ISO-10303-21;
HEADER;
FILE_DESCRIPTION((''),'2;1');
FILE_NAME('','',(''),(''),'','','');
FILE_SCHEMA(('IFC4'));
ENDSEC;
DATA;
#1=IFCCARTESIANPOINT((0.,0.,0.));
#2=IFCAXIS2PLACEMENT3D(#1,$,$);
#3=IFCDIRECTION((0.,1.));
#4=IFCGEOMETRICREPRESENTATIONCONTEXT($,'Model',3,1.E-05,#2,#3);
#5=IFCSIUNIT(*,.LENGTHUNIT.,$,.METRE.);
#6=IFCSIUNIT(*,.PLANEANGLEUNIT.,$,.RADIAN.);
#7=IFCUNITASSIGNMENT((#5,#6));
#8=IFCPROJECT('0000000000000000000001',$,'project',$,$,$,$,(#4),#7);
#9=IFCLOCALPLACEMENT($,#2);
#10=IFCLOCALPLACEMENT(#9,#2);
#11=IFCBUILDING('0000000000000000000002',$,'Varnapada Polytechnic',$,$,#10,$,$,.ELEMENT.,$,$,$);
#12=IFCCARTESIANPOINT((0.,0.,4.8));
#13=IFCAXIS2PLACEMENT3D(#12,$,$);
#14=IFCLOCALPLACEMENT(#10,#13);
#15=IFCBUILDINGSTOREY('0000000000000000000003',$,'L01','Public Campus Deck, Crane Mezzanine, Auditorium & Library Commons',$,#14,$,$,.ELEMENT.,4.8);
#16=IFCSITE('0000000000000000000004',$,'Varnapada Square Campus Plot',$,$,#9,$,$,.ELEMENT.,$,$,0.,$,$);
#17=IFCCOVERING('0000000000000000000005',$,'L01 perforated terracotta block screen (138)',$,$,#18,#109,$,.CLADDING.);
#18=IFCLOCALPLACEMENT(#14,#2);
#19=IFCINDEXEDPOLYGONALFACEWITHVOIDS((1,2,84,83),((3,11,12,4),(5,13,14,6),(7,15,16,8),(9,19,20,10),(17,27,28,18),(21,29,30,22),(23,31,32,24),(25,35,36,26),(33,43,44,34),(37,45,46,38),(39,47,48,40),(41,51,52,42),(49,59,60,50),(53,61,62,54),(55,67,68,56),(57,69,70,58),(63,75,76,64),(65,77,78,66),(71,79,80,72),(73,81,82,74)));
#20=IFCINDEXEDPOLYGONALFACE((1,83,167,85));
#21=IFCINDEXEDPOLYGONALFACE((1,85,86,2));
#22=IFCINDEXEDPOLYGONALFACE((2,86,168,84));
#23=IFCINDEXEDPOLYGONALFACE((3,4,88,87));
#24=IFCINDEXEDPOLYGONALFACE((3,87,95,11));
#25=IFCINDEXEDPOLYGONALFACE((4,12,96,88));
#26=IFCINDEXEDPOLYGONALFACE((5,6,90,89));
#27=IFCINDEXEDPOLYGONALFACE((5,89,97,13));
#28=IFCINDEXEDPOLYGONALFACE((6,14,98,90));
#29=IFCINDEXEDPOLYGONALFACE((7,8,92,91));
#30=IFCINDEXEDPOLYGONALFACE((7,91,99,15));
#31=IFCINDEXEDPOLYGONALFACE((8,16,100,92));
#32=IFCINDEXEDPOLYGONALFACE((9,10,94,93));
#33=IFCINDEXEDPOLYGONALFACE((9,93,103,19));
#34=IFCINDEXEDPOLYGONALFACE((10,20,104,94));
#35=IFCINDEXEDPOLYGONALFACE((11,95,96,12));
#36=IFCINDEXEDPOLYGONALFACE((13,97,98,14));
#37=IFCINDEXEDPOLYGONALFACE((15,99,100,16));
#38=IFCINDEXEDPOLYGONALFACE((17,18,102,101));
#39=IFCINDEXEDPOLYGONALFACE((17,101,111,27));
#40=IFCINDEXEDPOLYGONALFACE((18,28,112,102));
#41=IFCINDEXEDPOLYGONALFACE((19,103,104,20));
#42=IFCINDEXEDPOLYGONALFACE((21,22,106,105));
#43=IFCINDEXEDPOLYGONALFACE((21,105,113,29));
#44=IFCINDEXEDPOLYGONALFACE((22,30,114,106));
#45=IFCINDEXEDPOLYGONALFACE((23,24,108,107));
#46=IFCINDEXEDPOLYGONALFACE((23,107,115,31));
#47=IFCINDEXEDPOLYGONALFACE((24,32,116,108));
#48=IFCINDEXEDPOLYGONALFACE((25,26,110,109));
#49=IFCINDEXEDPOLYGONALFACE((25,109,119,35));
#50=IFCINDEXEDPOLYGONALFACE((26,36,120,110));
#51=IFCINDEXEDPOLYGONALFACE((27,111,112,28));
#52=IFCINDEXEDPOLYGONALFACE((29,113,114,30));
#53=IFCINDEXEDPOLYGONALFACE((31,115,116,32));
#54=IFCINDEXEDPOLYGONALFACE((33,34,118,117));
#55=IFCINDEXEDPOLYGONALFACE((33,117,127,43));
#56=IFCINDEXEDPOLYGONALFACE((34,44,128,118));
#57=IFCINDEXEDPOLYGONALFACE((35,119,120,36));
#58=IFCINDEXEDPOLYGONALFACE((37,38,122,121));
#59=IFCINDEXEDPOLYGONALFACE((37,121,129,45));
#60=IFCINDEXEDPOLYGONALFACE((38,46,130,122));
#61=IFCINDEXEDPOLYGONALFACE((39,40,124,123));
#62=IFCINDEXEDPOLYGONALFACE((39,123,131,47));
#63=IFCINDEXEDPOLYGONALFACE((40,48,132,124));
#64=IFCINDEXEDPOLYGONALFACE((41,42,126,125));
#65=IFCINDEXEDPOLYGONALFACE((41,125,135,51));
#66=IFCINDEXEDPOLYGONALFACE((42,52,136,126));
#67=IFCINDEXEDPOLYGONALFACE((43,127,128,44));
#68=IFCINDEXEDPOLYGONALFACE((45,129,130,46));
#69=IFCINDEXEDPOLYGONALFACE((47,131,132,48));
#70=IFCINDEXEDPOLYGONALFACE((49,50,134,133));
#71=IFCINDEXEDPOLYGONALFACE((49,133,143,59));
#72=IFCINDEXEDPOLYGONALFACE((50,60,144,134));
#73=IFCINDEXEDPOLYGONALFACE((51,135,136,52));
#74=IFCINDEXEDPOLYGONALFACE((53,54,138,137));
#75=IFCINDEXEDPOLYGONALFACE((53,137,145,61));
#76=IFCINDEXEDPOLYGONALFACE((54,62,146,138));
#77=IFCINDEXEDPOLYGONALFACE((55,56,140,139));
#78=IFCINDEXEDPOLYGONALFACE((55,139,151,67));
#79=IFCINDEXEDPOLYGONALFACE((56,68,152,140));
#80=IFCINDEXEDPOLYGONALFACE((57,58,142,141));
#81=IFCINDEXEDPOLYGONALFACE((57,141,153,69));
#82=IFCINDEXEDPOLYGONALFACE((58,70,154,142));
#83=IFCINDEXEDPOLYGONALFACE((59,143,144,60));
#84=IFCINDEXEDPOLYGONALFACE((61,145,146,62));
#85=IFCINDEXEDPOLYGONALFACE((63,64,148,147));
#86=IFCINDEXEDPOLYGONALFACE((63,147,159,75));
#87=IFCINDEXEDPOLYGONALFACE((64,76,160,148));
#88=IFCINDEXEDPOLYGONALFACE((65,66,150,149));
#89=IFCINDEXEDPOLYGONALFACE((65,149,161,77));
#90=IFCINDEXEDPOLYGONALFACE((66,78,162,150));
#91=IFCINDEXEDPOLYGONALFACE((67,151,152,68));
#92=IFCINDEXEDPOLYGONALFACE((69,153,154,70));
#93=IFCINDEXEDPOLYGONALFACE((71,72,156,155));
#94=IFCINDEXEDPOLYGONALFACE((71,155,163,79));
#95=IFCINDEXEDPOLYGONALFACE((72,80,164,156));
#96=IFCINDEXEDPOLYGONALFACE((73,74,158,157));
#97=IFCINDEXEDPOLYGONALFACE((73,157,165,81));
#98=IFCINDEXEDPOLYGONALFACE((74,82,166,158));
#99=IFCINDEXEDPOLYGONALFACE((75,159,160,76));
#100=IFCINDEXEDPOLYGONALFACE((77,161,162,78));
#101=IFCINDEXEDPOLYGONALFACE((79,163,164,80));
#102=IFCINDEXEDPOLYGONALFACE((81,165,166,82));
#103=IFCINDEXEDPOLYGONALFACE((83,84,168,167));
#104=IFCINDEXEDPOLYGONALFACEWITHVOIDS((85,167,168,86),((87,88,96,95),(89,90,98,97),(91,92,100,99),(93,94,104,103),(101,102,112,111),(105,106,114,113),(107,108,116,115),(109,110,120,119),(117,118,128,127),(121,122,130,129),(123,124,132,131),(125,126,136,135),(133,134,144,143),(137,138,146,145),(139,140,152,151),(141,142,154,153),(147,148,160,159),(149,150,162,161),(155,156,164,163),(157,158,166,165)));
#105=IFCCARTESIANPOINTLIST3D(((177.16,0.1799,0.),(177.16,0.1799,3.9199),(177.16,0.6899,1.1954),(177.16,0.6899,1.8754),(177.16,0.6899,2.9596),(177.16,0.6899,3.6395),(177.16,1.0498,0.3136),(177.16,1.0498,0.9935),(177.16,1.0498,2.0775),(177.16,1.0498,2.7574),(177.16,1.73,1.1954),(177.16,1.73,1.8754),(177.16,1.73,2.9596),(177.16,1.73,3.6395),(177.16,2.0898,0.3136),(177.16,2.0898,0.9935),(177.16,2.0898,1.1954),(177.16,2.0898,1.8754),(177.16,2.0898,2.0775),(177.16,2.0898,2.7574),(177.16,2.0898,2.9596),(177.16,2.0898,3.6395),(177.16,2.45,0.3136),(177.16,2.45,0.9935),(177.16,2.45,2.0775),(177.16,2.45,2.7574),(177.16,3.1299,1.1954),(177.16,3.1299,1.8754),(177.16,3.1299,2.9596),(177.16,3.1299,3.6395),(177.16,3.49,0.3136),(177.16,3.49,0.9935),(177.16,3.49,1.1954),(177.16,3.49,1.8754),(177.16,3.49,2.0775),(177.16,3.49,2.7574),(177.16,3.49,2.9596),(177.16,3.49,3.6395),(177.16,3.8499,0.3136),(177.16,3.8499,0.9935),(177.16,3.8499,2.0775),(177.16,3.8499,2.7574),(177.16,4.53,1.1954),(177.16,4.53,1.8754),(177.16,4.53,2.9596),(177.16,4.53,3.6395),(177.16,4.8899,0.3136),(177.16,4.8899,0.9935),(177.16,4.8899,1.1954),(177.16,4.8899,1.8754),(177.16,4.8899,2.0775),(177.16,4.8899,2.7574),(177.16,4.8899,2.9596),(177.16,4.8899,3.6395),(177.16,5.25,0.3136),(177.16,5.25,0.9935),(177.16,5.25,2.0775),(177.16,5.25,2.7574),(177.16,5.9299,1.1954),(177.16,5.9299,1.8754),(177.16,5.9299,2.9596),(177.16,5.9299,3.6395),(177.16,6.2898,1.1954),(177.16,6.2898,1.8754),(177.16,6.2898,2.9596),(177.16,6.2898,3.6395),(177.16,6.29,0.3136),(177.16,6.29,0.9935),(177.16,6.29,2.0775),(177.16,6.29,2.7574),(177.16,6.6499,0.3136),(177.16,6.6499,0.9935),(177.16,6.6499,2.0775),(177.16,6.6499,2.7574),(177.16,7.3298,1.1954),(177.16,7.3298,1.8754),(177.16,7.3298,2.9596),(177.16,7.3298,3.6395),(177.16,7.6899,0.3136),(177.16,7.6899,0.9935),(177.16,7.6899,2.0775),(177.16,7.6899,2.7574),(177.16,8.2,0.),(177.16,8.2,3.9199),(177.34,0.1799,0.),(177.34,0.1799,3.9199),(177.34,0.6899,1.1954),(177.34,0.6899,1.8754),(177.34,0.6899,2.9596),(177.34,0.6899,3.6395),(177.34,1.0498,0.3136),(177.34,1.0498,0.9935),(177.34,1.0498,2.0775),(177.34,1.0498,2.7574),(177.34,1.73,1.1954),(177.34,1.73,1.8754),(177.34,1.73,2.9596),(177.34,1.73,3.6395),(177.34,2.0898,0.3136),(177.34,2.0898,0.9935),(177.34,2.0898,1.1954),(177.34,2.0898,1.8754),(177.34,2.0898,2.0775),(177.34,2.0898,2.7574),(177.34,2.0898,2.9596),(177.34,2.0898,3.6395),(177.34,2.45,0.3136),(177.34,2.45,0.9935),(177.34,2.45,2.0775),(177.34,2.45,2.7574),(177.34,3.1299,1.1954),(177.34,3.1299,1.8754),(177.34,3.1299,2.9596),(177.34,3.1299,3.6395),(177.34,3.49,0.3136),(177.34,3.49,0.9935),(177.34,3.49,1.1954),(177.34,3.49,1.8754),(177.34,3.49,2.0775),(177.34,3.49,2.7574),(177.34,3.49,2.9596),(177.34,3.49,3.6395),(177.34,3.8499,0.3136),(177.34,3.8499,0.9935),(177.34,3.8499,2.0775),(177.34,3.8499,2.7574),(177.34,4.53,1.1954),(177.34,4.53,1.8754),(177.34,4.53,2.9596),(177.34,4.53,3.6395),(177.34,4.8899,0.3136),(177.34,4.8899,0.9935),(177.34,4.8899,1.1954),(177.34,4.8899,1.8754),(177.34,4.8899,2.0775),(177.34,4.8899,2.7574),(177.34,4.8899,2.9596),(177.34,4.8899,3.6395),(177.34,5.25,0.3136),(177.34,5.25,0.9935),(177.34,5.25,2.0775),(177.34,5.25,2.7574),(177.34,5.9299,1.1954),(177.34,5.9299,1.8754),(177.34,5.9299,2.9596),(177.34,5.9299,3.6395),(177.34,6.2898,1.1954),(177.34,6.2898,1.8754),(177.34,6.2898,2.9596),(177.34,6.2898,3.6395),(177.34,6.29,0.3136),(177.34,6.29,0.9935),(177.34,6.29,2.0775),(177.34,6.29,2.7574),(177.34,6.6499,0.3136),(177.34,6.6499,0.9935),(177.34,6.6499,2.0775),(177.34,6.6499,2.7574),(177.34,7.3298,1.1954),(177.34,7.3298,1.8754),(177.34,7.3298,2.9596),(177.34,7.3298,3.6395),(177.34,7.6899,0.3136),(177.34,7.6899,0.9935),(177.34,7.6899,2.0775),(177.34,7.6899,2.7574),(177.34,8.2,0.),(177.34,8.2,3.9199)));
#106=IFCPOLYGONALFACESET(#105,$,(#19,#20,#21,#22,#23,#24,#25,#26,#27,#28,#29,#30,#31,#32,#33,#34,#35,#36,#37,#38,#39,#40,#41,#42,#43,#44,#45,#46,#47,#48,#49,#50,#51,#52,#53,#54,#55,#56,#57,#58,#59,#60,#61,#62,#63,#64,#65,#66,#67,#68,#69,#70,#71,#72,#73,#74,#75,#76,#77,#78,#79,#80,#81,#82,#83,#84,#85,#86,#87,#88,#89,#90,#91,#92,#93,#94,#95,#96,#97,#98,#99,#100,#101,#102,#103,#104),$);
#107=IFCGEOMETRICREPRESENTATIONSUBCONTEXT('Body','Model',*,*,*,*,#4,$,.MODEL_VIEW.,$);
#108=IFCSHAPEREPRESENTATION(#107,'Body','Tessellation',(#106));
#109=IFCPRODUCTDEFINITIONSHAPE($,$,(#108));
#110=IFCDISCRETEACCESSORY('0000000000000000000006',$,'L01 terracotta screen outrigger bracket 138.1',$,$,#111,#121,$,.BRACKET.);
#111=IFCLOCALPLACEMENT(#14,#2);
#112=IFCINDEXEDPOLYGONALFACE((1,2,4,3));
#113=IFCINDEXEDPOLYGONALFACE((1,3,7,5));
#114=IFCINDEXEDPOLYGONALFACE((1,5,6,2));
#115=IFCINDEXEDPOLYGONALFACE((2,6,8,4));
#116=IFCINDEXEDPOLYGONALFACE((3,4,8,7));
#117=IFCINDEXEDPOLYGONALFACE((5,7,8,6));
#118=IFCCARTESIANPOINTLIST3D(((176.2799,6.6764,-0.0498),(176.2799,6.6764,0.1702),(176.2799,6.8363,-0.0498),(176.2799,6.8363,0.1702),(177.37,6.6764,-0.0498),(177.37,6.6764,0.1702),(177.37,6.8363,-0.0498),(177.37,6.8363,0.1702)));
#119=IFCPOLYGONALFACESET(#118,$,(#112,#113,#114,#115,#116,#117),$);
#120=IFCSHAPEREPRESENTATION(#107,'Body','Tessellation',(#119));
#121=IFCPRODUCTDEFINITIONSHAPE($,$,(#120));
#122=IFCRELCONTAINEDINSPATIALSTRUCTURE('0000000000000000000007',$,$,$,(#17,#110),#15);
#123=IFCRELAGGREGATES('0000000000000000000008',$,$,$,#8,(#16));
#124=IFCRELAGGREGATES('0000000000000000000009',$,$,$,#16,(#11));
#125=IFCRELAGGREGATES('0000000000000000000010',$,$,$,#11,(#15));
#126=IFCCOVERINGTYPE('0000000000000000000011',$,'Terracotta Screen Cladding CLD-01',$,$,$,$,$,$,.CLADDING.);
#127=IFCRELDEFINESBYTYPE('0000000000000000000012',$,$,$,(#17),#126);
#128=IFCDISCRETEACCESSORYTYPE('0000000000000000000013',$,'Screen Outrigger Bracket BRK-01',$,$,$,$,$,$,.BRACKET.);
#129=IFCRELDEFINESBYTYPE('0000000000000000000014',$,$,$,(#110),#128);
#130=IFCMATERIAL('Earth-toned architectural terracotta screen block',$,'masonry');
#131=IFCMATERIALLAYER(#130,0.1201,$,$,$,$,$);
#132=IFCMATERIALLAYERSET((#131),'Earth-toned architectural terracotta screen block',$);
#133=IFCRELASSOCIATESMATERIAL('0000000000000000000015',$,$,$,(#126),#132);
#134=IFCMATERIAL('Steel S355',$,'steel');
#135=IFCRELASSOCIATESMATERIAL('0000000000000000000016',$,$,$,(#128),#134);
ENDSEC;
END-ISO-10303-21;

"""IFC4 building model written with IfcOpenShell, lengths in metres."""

from ifc_helpers import new_model, si_unit, direction, frame, frame_2d, origin, origin_2d, place, context, subcontext, project, spatial, rectangle, extrude, material, layer, layer_set, type_object, element, save


model = new_model("IFC4")

# Units and contexts
model_context = context("Model", 3, precision=1e-05, world=origin(), true_north=direction((0.0, 1.0)))
body_context = subcontext(model_context, "Body", "Model", "MODEL_VIEW")
ifc_project = project(units=[si_unit("LENGTHUNIT", "METRE"), si_unit("PLANEANGLEUNIT", "RADIAN")], contexts=[model_context])

# Site, building, storey
site_placement = place(None, origin())
site = spatial("IfcSite", under=ifc_project, at=site_placement, Name="Varnapada Square Campus Plot", CompositionType="ELEMENT", RefElevation=0.0)
building_placement = place(site_placement, origin())
building = spatial("IfcBuilding", under=site, at=building_placement, Name="Varnapada Polytechnic", CompositionType="ELEMENT")
storey_placement = place(building_placement, frame((0.0, 0.0, 4.8)))
storey = spatial("IfcBuildingStorey", under=building, at=storey_placement, Name="L01", Description="Public Campus Deck, Crane Mezzanine, Auditorium & Library Commons", CompositionType="ELEMENT", Elevation=4.8)

# Covering, openings
ifc_material_1 = material(Name="Earth-toned architectural terracotta screen block", Category="masonry")
ifc_layer_1 = layer(ifc_material_1, 0.1201)
ifc_layer_set_1 = layer_set([ifc_layer_1], Name="Earth-toned architectural terracotta screen block")
covering_type = type_object("IfcCoveringType", Name="Terracotta Screen Cladding CLD-01", PredefinedType="CLADDING", material=ifc_layer_set_1)
covering_placement = place(storey_placement, frame((177.25, 8.2, 0.0), z_axis=(0.0, 0.0, 1.0), x_axis=(0.0, -1.0, 0.0)))
covering = element("IfcCovering", 1, at=covering_placement, inside=storey, type_object=covering_type, Name="L01 perforated terracotta block screen (138)", PredefinedType="CLADDING", context=body_context, shape_type="SweptSolid", body=[
    extrude(rectangle(XDim=8.02, YDim=0.1799, at=frame_2d((4.01, 0.0))), origin(), (0.0, 0.0, 1.0), 3.9199),
])
opening_1_placement = place(covering_placement, frame((0.51, 0.0, 0.3137)))
element("IfcOpeningElement", 2, at=opening_1_placement, cuts=covering, PredefinedType="OPENING", context=body_context, shape_type="SweptSolid", body=[
    extrude(rectangle(XDim=1.04, YDim=0.6799, at=frame_2d((0.52, 0.3398))), frame((0.0, 0.0999, 0.0), z_axis=(0.0, -1.0, 0.0), x_axis=(1.0, 0.0, 0.0)), (0.0, 0.0, 1.0), 0.2),
])
opening_2_placement = place(covering_placement, frame((1.9099, 0.0, 0.3137)))
element("IfcOpeningElement", 3, at=opening_2_placement, cuts=covering, PredefinedType="OPENING", context=body_context, shape_type="SweptSolid", body=[
    extrude(rectangle(XDim=1.04, YDim=0.6799, at=frame_2d((0.52, 0.3398))), frame((0.0, 0.0999, 0.0), z_axis=(0.0, -1.0, 0.0), x_axis=(1.0, 0.0, 0.0)), (0.0, 0.0, 1.0), 0.2),
])
opening_3_placement = place(covering_placement, frame((3.3101, 0.0, 0.3137)))
element("IfcOpeningElement", 4, at=opening_3_placement, cuts=covering, PredefinedType="OPENING", context=body_context, shape_type="SweptSolid", body=[
    extrude(rectangle(XDim=1.04, YDim=0.6799, at=frame_2d((0.52, 0.3398))), frame((0.0, 0.0999, 0.0), z_axis=(0.0, -1.0, 0.0), x_axis=(1.0, 0.0, 0.0)), (0.0, 0.0, 1.0), 0.2),
])
opening_4_placement = place(covering_placement, frame((4.71, 0.0, 0.3137)))
element("IfcOpeningElement", 5, at=opening_4_placement, cuts=covering, PredefinedType="OPENING", context=body_context, shape_type="SweptSolid", body=[
    extrude(rectangle(XDim=1.04, YDim=0.6799, at=frame_2d((0.52, 0.3398))), frame((0.0, 0.0999, 0.0), z_axis=(0.0, -1.0, 0.0), x_axis=(1.0, 0.0, 0.0)), (0.0, 0.0, 1.0), 0.2),
])
opening_5_placement = place(covering_placement, frame((6.1101, 0.0, 0.3137)))
element("IfcOpeningElement", 6, at=opening_5_placement, cuts=covering, PredefinedType="OPENING", context=body_context, shape_type="SweptSolid", body=[
    extrude(rectangle(XDim=1.04, YDim=0.6799, at=frame_2d((0.52, 0.3398))), frame((0.0, 0.0999, 0.0), z_axis=(0.0, -1.0, 0.0), x_axis=(1.0, 0.0, 0.0)), (0.0, 0.0, 1.0), 0.2),
])
opening_6_placement = place(covering_placement, frame((0.8701, 0.0, 1.1956)))
element("IfcOpeningElement", 7, at=opening_6_placement, cuts=covering, PredefinedType="OPENING", context=body_context, shape_type="SweptSolid", body=[
    extrude(rectangle(XDim=1.04, YDim=0.6799, at=frame_2d((0.52, 0.3398))), frame((0.0, 0.0999, 0.0), z_axis=(0.0, -1.0, 0.0), x_axis=(1.0, 0.0, 0.0)), (0.0, 0.0, 1.0), 0.2),
])
opening_7_placement = place(covering_placement, frame((2.27, 0.0, 1.1956)))
element("IfcOpeningElement", 8, at=opening_7_placement, cuts=covering, PredefinedType="OPENING", context=body_context, shape_type="SweptSolid", body=[
    extrude(rectangle(XDim=1.04, YDim=0.6799, at=frame_2d((0.52, 0.3398))), frame((0.0, 0.0999, 0.0), z_axis=(0.0, -1.0, 0.0), x_axis=(1.0, 0.0, 0.0)), (0.0, 0.0, 1.0), 0.2),
])
opening_8_placement = place(covering_placement, frame((3.6699, 0.0, 1.1956)))
element("IfcOpeningElement", 9, at=opening_8_placement, cuts=covering, PredefinedType="OPENING", context=body_context, shape_type="SweptSolid", body=[
    extrude(rectangle(XDim=1.04, YDim=0.6799, at=frame_2d((0.52, 0.3398))), frame((0.0, 0.0999, 0.0), z_axis=(0.0, -1.0, 0.0), x_axis=(1.0, 0.0, 0.0)), (0.0, 0.0, 1.0), 0.2),
])
opening_9_placement = place(covering_placement, frame((5.0701, 0.0, 1.1956)))
element("IfcOpeningElement", 10, at=opening_9_placement, cuts=covering, PredefinedType="OPENING", context=body_context, shape_type="SweptSolid", body=[
    extrude(rectangle(XDim=1.04, YDim=0.6799, at=frame_2d((0.52, 0.3398))), frame((0.0, 0.0999, 0.0), z_axis=(0.0, -1.0, 0.0), x_axis=(1.0, 0.0, 0.0)), (0.0, 0.0, 1.0), 0.2),
])
opening_10_placement = place(covering_placement, frame((6.47, 0.0, 1.1956)))
element("IfcOpeningElement", 11, at=opening_10_placement, cuts=covering, PredefinedType="OPENING", context=body_context, shape_type="SweptSolid", body=[
    extrude(rectangle(XDim=1.04, YDim=0.6799, at=frame_2d((0.52, 0.3398))), frame((0.0, 0.0999, 0.0), z_axis=(0.0, -1.0, 0.0), x_axis=(1.0, 0.0, 0.0)), (0.0, 0.0, 1.0), 0.2),
])
opening_11_placement = place(covering_placement, frame((0.51, 0.0, 2.0776)))
element("IfcOpeningElement", 12, at=opening_11_placement, cuts=covering, PredefinedType="OPENING", context=body_context, shape_type="SweptSolid", body=[
    extrude(rectangle(XDim=1.04, YDim=0.6799, at=frame_2d((0.52, 0.3398))), frame((0.0, 0.0999, 0.0), z_axis=(0.0, -1.0, 0.0), x_axis=(1.0, 0.0, 0.0)), (0.0, 0.0, 1.0), 0.2),
])
opening_12_placement = place(covering_placement, frame((1.9099, 0.0, 2.0776)))
element("IfcOpeningElement", 13, at=opening_12_placement, cuts=covering, PredefinedType="OPENING", context=body_context, shape_type="SweptSolid", body=[
    extrude(rectangle(XDim=1.04, YDim=0.6799, at=frame_2d((0.52, 0.3398))), frame((0.0, 0.0999, 0.0), z_axis=(0.0, -1.0, 0.0), x_axis=(1.0, 0.0, 0.0)), (0.0, 0.0, 1.0), 0.2),
])
opening_13_placement = place(covering_placement, frame((3.3101, 0.0, 2.0776)))
element("IfcOpeningElement", 14, at=opening_13_placement, cuts=covering, PredefinedType="OPENING", context=body_context, shape_type="SweptSolid", body=[
    extrude(rectangle(XDim=1.04, YDim=0.6799, at=frame_2d((0.52, 0.3398))), frame((0.0, 0.0999, 0.0), z_axis=(0.0, -1.0, 0.0), x_axis=(1.0, 0.0, 0.0)), (0.0, 0.0, 1.0), 0.2),
])
opening_14_placement = place(covering_placement, frame((4.71, 0.0, 2.0776)))
element("IfcOpeningElement", 15, at=opening_14_placement, cuts=covering, PredefinedType="OPENING", context=body_context, shape_type="SweptSolid", body=[
    extrude(rectangle(XDim=1.04, YDim=0.6799, at=frame_2d((0.52, 0.3398))), frame((0.0, 0.0999, 0.0), z_axis=(0.0, -1.0, 0.0), x_axis=(1.0, 0.0, 0.0)), (0.0, 0.0, 1.0), 0.2),
])
opening_15_placement = place(covering_placement, frame((6.1101, 0.0, 2.0776)))
element("IfcOpeningElement", 16, at=opening_15_placement, cuts=covering, PredefinedType="OPENING", context=body_context, shape_type="SweptSolid", body=[
    extrude(rectangle(XDim=1.04, YDim=0.6799, at=frame_2d((0.52, 0.3398))), frame((0.0, 0.0999, 0.0), z_axis=(0.0, -1.0, 0.0), x_axis=(1.0, 0.0, 0.0)), (0.0, 0.0, 1.0), 0.2),
])
opening_16_placement = place(covering_placement, frame((0.8701, 0.0, 2.9597)))
element("IfcOpeningElement", 17, at=opening_16_placement, cuts=covering, PredefinedType="OPENING", context=body_context, shape_type="SweptSolid", body=[
    extrude(rectangle(XDim=1.04, YDim=0.6799, at=frame_2d((0.52, 0.3398))), frame((0.0, 0.0999, 0.0), z_axis=(0.0, -1.0, 0.0), x_axis=(1.0, 0.0, 0.0)), (0.0, 0.0, 1.0), 0.2),
])
opening_17_placement = place(covering_placement, frame((2.27, 0.0, 2.9597)))
element("IfcOpeningElement", 18, at=opening_17_placement, cuts=covering, PredefinedType="OPENING", context=body_context, shape_type="SweptSolid", body=[
    extrude(rectangle(XDim=1.04, YDim=0.6799, at=frame_2d((0.52, 0.3398))), frame((0.0, 0.0999, 0.0), z_axis=(0.0, -1.0, 0.0), x_axis=(1.0, 0.0, 0.0)), (0.0, 0.0, 1.0), 0.2),
])
opening_18_placement = place(covering_placement, frame((3.6699, 0.0, 2.9597)))
element("IfcOpeningElement", 19, at=opening_18_placement, cuts=covering, PredefinedType="OPENING", context=body_context, shape_type="SweptSolid", body=[
    extrude(rectangle(XDim=1.04, YDim=0.6799, at=frame_2d((0.52, 0.3398))), frame((0.0, 0.0999, 0.0), z_axis=(0.0, -1.0, 0.0), x_axis=(1.0, 0.0, 0.0)), (0.0, 0.0, 1.0), 0.2),
])
opening_19_placement = place(covering_placement, frame((5.0701, 0.0, 2.9597)))
element("IfcOpeningElement", 20, at=opening_19_placement, cuts=covering, PredefinedType="OPENING", context=body_context, shape_type="SweptSolid", body=[
    extrude(rectangle(XDim=1.04, YDim=0.6799, at=frame_2d((0.52, 0.3398))), frame((0.0, 0.0999, 0.0), z_axis=(0.0, -1.0, 0.0), x_axis=(1.0, 0.0, 0.0)), (0.0, 0.0, 1.0), 0.2),
])
opening_20_placement = place(covering_placement, frame((6.47, 0.0, 2.9597)))
element("IfcOpeningElement", 21, at=opening_20_placement, cuts=covering, PredefinedType="OPENING", context=body_context, shape_type="SweptSolid", body=[
    extrude(rectangle(XDim=1.04, YDim=0.6799, at=frame_2d((0.52, 0.3398))), frame((0.0, 0.0999, 0.0), z_axis=(0.0, -1.0, 0.0), x_axis=(1.0, 0.0, 0.0)), (0.0, 0.0, 1.0), 0.2),
])

# Discrete accessory
ifc_material_2 = material(Name="Steel S355", Category="steel")
discrete_accessory_type = type_object("IfcDiscreteAccessoryType", Name="Screen Outrigger Bracket BRK-01", PredefinedType="BRACKET", material=ifc_material_2)
discrete_accessory_placement = place(storey_placement, frame((176.825, 6.7563, -0.0498), z_axis=(0.0, 0.0, 1.0), x_axis=(0.0, -1.0, 0.0)))
element("IfcDiscreteAccessory", 22, at=discrete_accessory_placement, inside=storey, type_object=discrete_accessory_type, Name="L01 terracotta screen outrigger bracket 138.1", PredefinedType="BRACKET", context=body_context, shape_type="SweptSolid", body=[
    extrude(rectangle(XDim=0.1599, YDim=1.0901, at=origin_2d()), origin(), (0.0, 0.0, 1.0), 0.22),
])

save(model, "model.ifc")
